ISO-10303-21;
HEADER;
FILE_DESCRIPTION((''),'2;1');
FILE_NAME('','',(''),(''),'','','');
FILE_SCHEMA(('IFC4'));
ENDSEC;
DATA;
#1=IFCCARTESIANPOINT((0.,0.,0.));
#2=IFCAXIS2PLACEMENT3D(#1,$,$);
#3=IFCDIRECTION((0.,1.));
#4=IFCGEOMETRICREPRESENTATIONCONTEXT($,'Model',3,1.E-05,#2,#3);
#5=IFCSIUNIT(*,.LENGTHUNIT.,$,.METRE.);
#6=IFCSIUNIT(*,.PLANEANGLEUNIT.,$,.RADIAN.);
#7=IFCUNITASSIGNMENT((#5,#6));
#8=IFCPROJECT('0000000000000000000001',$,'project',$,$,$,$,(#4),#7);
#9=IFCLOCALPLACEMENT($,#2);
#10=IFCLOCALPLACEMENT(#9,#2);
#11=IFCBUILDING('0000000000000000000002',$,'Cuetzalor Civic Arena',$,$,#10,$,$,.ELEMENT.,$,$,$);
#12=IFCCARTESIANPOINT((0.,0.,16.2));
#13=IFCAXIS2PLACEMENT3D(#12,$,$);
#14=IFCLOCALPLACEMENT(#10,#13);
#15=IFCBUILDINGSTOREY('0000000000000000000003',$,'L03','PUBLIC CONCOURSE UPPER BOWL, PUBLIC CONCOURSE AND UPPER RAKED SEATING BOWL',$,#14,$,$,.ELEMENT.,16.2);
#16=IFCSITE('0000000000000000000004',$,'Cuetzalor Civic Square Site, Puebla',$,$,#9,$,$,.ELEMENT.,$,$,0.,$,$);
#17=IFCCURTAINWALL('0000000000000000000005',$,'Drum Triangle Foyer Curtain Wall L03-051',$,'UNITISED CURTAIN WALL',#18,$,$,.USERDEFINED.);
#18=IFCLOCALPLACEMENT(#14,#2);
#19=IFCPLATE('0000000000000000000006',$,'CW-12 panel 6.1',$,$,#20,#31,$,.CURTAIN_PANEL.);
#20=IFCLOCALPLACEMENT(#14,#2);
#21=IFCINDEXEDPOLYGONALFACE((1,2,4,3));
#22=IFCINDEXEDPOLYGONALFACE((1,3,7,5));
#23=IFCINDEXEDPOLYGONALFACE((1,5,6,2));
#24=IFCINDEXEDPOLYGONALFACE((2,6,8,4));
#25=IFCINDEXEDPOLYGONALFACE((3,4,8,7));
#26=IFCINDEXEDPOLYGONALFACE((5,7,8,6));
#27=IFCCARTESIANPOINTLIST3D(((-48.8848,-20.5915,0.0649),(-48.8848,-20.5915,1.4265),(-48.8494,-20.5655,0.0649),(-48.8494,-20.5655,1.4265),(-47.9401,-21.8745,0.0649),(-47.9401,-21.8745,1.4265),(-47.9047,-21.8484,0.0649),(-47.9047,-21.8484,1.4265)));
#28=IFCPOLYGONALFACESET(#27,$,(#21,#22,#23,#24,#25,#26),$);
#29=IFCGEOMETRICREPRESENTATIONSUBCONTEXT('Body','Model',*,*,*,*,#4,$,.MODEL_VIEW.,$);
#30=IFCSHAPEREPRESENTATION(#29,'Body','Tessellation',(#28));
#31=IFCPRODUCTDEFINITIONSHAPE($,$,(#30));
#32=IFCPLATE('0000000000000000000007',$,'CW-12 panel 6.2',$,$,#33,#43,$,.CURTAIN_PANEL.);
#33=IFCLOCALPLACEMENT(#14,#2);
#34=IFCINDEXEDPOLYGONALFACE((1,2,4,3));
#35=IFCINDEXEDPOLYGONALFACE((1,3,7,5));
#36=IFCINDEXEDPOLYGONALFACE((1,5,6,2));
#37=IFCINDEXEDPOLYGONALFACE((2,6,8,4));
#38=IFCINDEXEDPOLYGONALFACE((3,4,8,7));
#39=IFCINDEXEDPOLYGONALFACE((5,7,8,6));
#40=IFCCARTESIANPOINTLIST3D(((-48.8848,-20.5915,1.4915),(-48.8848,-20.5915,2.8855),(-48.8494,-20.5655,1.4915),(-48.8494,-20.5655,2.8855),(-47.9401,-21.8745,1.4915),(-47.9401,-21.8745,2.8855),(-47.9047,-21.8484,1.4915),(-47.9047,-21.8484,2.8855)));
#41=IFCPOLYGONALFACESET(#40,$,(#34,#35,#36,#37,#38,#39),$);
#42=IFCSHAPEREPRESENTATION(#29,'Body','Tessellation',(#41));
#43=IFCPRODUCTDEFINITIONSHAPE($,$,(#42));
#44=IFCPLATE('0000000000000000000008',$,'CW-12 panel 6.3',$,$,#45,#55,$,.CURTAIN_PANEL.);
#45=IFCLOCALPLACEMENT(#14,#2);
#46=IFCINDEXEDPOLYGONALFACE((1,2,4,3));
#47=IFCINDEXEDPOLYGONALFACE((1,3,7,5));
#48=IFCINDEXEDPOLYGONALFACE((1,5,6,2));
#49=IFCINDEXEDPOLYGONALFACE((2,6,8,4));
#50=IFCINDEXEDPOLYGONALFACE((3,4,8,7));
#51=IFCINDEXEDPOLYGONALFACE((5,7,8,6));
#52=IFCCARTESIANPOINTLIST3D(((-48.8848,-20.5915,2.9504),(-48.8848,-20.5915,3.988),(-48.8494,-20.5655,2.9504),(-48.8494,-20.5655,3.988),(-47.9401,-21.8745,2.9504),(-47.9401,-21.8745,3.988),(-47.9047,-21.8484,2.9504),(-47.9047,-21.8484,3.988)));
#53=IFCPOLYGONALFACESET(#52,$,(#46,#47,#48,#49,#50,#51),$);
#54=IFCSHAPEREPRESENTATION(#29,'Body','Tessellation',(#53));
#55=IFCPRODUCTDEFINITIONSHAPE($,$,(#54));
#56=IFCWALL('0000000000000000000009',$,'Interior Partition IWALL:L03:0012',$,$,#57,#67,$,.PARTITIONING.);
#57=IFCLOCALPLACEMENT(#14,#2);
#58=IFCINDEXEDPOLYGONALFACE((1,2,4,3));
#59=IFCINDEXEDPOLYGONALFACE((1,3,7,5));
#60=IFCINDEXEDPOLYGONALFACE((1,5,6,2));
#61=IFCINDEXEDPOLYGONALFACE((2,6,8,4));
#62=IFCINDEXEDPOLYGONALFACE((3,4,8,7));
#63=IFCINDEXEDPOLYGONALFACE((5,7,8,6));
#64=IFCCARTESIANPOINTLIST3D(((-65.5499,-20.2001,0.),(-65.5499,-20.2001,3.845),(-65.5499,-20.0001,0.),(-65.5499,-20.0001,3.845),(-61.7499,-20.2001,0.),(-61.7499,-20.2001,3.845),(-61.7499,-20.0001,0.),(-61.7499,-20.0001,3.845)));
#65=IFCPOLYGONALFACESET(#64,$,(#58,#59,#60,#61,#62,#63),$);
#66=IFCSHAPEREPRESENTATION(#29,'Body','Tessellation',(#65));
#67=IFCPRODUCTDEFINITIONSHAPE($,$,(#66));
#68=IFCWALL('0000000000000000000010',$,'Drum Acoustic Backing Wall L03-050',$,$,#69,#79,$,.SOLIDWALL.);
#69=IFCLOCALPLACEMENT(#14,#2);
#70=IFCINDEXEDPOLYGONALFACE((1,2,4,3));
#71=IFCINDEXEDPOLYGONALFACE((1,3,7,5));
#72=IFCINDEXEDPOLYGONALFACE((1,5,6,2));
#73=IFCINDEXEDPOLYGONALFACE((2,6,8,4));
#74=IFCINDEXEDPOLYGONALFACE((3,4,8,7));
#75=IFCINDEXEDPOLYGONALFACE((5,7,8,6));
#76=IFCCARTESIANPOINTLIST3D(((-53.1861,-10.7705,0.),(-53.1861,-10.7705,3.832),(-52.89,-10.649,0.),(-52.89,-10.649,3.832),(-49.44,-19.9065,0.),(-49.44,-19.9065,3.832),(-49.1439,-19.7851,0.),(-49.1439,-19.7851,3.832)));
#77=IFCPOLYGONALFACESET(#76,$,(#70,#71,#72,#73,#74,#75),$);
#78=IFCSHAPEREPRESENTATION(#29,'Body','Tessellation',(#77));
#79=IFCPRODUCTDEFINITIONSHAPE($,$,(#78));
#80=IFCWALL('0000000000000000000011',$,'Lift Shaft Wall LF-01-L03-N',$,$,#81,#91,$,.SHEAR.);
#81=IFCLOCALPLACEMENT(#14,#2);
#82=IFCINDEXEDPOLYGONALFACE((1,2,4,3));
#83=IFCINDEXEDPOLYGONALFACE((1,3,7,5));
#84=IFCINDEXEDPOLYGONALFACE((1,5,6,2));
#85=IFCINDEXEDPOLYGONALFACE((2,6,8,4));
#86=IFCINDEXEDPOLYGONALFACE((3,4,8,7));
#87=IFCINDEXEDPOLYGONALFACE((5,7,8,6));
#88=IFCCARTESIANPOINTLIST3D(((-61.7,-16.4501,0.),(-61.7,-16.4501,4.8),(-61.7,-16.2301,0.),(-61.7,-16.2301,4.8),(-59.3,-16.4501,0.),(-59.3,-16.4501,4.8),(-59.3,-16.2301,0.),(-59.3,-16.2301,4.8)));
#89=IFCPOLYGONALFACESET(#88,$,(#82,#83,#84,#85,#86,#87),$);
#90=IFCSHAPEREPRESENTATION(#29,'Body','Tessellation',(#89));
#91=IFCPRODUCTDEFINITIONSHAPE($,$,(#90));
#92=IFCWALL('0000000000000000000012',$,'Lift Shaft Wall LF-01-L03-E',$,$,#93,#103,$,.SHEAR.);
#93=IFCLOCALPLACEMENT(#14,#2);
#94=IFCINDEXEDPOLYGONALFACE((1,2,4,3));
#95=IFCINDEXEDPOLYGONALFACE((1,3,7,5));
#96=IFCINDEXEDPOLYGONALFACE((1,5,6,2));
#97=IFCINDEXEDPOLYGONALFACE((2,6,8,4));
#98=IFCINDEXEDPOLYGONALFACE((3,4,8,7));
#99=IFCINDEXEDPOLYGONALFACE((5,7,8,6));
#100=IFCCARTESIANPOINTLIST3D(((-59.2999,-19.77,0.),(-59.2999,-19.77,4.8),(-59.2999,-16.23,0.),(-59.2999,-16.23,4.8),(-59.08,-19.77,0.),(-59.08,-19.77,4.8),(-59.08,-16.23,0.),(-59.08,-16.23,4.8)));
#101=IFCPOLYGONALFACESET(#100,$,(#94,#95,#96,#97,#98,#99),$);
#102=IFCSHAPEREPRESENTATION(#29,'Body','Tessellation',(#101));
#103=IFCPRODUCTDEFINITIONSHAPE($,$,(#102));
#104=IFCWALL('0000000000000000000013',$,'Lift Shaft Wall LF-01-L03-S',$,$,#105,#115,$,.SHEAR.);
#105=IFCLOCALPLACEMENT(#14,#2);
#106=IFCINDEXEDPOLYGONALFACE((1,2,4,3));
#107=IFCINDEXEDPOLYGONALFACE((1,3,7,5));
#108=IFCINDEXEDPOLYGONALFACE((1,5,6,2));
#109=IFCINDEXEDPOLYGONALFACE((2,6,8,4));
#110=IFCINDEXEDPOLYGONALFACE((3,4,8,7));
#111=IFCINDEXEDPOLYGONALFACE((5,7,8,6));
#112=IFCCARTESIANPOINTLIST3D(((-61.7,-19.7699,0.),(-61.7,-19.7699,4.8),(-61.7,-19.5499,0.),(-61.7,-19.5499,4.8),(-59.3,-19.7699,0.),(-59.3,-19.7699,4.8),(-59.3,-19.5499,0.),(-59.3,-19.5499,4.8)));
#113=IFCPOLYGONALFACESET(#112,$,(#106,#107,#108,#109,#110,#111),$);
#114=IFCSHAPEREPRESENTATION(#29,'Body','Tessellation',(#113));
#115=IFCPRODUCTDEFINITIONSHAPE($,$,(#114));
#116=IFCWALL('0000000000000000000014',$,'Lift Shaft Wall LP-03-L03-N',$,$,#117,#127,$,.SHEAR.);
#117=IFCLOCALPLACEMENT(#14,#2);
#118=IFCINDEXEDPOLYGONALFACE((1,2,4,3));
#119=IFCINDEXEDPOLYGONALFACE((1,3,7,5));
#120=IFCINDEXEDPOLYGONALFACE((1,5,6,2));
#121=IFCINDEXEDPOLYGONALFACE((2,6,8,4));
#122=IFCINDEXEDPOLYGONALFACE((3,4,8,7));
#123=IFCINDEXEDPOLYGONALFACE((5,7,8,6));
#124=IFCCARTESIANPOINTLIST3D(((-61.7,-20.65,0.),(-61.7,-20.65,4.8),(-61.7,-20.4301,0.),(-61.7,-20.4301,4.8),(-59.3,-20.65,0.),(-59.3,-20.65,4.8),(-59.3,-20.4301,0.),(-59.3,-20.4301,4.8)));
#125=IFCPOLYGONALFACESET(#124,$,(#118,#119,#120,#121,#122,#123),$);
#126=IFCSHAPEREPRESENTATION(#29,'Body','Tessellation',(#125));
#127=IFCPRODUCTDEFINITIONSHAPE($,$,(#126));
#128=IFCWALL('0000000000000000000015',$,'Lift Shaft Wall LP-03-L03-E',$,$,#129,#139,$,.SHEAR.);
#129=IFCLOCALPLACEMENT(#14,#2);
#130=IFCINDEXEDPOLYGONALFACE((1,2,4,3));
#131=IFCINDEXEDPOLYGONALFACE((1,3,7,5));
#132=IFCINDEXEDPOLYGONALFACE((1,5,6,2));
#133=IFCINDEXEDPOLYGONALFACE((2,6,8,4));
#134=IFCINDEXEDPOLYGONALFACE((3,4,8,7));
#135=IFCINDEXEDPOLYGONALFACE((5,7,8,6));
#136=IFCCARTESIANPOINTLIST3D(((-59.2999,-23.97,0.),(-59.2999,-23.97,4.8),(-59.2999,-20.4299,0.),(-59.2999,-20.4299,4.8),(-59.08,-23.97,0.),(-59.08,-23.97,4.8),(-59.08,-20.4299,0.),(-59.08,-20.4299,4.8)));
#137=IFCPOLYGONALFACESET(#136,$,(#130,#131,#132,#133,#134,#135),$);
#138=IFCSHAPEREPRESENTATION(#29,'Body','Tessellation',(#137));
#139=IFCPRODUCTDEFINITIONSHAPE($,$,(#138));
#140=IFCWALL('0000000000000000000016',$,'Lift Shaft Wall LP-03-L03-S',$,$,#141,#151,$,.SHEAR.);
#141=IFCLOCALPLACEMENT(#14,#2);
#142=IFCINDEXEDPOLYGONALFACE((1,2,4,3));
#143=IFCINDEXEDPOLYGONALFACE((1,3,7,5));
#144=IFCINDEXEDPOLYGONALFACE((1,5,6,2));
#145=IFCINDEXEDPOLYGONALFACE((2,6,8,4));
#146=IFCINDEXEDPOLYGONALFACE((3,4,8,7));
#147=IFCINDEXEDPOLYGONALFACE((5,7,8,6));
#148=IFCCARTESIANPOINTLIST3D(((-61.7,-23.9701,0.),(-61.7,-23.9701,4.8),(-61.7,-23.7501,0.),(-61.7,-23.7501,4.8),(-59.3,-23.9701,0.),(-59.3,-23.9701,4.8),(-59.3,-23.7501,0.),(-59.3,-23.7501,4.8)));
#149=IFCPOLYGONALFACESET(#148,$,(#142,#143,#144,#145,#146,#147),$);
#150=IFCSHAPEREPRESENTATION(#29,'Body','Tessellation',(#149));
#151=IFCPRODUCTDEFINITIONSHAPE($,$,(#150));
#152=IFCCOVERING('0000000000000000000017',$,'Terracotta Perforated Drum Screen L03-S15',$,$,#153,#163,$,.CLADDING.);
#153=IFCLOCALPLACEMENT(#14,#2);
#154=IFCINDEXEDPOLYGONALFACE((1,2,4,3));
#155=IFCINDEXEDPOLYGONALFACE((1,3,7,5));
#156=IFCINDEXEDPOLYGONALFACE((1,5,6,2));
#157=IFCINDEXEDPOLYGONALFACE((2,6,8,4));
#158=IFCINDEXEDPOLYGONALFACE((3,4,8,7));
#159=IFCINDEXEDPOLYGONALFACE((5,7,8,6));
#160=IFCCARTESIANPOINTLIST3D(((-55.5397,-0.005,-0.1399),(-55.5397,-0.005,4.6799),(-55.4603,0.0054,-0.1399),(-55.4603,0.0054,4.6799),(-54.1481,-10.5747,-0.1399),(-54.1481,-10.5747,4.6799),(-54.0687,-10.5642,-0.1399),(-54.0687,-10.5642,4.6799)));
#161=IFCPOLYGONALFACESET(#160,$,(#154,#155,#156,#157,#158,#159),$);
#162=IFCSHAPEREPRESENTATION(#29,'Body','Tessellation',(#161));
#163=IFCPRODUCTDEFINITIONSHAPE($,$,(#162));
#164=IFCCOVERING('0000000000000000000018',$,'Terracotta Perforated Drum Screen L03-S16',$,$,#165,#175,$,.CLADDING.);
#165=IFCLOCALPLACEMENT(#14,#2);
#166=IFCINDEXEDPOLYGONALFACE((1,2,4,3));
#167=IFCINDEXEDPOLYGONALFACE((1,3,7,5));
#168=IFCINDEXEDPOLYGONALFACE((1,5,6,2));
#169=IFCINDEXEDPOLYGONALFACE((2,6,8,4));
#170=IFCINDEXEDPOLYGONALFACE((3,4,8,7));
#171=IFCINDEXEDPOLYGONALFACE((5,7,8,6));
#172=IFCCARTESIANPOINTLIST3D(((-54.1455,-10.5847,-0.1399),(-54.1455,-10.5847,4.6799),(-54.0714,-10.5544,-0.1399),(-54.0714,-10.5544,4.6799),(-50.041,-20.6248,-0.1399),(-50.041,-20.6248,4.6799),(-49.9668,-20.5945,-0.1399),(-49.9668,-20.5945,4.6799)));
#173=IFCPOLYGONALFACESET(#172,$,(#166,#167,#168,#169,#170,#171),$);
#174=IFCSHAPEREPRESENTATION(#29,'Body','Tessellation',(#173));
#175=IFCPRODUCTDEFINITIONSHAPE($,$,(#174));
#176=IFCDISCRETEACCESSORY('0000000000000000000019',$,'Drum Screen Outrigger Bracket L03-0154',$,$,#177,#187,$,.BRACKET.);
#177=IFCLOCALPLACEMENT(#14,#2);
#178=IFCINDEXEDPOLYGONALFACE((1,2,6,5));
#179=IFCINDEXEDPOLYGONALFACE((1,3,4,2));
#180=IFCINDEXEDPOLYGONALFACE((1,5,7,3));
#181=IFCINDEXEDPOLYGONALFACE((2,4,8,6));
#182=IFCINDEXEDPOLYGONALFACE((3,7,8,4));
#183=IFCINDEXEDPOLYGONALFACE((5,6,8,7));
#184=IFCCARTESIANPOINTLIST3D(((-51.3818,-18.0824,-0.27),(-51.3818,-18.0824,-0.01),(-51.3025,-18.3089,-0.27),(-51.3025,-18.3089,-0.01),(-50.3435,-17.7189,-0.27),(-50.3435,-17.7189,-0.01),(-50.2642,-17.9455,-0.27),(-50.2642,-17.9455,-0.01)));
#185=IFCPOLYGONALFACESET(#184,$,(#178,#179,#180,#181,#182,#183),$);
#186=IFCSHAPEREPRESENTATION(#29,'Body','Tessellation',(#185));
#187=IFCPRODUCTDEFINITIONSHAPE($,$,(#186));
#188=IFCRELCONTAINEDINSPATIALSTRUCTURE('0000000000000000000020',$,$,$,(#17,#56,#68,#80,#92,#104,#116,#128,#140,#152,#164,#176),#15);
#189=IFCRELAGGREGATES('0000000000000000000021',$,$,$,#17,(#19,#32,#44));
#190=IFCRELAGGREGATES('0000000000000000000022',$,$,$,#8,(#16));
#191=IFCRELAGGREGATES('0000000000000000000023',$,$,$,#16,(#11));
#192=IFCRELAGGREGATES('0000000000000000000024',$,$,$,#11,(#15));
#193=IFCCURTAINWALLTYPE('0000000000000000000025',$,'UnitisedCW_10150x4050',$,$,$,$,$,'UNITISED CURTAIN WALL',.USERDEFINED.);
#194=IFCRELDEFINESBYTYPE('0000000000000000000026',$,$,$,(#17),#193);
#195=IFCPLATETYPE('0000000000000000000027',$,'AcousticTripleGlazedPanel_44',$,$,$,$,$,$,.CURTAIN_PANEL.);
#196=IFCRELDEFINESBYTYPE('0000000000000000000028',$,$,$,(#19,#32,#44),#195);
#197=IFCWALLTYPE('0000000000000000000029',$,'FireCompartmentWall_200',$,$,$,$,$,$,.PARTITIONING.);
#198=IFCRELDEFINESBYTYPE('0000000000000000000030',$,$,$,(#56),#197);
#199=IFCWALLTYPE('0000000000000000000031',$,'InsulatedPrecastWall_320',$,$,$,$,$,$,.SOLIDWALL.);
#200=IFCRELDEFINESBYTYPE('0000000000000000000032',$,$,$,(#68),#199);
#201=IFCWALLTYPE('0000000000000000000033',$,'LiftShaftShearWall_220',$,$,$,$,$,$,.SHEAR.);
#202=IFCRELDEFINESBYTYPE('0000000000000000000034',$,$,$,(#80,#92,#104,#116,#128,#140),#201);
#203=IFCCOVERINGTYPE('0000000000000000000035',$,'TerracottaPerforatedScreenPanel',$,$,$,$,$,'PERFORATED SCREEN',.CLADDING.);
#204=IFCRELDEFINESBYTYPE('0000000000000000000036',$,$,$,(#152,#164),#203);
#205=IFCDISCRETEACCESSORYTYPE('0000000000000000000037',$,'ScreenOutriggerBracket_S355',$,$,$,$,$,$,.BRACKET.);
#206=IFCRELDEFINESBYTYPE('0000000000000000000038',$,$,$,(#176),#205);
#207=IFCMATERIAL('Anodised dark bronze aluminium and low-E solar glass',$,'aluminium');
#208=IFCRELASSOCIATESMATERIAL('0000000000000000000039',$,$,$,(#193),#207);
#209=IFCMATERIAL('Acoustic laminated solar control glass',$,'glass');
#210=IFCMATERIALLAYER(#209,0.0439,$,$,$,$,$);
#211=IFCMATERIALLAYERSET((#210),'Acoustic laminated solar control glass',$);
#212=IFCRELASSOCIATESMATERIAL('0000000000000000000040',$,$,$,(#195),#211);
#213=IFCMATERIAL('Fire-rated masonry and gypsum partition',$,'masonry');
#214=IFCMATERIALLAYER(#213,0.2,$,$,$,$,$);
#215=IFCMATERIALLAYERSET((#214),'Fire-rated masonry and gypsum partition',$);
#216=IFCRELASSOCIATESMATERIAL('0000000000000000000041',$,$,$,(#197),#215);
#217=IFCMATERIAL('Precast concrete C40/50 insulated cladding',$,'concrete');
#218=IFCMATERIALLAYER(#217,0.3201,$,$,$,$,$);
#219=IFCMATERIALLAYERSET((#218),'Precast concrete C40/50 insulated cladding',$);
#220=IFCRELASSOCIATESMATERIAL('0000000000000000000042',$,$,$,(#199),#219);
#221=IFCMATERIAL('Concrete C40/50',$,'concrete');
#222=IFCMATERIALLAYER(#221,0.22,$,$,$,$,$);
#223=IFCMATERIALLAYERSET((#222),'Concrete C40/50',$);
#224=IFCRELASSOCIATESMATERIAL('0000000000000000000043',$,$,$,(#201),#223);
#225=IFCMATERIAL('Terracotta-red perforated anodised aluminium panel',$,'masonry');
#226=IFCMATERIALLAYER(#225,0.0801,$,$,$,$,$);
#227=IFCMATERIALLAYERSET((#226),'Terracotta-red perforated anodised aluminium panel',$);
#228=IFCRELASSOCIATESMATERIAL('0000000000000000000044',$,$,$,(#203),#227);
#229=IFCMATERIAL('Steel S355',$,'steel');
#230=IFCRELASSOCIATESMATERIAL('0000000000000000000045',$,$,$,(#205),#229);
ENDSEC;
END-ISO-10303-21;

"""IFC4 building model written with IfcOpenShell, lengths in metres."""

from ifc_helpers import new_model, si_unit, direction, frame, frame_2d, origin, origin_2d, place, context, subcontext, project, spatial, rectangle, extrude, material, layer, layer_set, type_object, element, aggregate, save


model = new_model("IFC4")

# Units and contexts
model_context = context("Model", 3, precision=1e-05, world=origin(), true_north=direction((0.0, 1.0)))
body_context = subcontext(model_context, "Body", "Model", "MODEL_VIEW")
ifc_project = project(units=[si_unit("LENGTHUNIT", "METRE"), si_unit("PLANEANGLEUNIT", "RADIAN")], contexts=[model_context])

# Site, building, storey
site_placement = place(None, origin())
site = spatial("IfcSite", under=ifc_project, at=site_placement, Name="Cuetzalor Civic Square Site, Puebla", CompositionType="ELEMENT", RefElevation=0.0)
building_placement = place(site_placement, origin())
building = spatial("IfcBuilding", under=site, at=building_placement, Name="Cuetzalor Civic Arena", CompositionType="ELEMENT")
storey_placement = place(building_placement, frame((0.0, 0.0, 16.2)))
storey = spatial("IfcBuildingStorey", under=building, at=storey_placement, Name="L03", Description="PUBLIC CONCOURSE UPPER BOWL, PUBLIC CONCOURSE AND UPPER RAKED SEATING BOWL", CompositionType="ELEMENT", Elevation=16.2)

# Curtain wall
ifc_material_1 = material(Name="Anodised dark bronze aluminium and low-E solar glass", Category="aluminium")
curtain_wall_type = type_object("IfcCurtainWallType", Name="UnitisedCW_10150x4050", ElementType="UNITISED CURTAIN WALL", PredefinedType="USERDEFINED", material=ifc_material_1)
curtain_wall_placement = place(storey_placement, origin())
curtain_wall = element("IfcCurtainWall", 1, at=curtain_wall_placement, inside=storey, type_object=curtain_wall_type, Name="Drum Triangle Foyer Curtain Wall L03-051", ObjectType="UNITISED CURTAIN WALL", PredefinedType="USERDEFINED")

# Plates
ifc_material_2 = material(Name="Acoustic laminated solar control glass", Category="glass")
ifc_layer_1 = layer(ifc_material_2, 0.0439)
ifc_layer_set_1 = layer_set([ifc_layer_1], Name="Acoustic laminated solar control glass")
plate_type = type_object("IfcPlateType", Name="AcousticTripleGlazedPanel_44", PredefinedType="CURTAIN_PANEL", material=ifc_layer_set_1)
plate_1_placement = place(storey_placement, frame((-48.3948, -21.22, 0.0649), z_axis=(0.0, 0.0, 1.0), x_axis=(-0.592929, 0.805255, 0.0)))
plate_1 = element("IfcPlate", 2, at=plate_1_placement, type_object=plate_type, Name="CW-12 panel 6.1", PredefinedType="CURTAIN_PANEL", context=body_context, shape_type="SweptSolid", body=[
    extrude(rectangle(XDim=1.5933, YDim=0.0439, at=origin_2d()), origin(), (0.0, 0.0, 1.0), 1.3616),
])
plate_2_placement = place(storey_placement, frame((-48.3948, -21.22, 1.4915), z_axis=(0.0, 0.0, 1.0), x_axis=(-0.592929, 0.805255, 0.0)))
plate_2 = element("IfcPlate", 3, at=plate_2_placement, type_object=plate_type, Name="CW-12 panel 6.2", PredefinedType="CURTAIN_PANEL", context=body_context, shape_type="SweptSolid", body=[
    extrude(rectangle(XDim=1.5933, YDim=0.0439, at=origin_2d()), origin(), (0.0, 0.0, 1.0), 1.394),
])
plate_3_placement = place(storey_placement, frame((-48.3948, -21.22, 2.9504), z_axis=(0.0, 0.0, 1.0), x_axis=(-0.592929, 0.805255, 0.0)))
plate_3 = element("IfcPlate", 4, at=plate_3_placement, type_object=plate_type, Name="CW-12 panel 6.3", PredefinedType="CURTAIN_PANEL", context=body_context, shape_type="SweptSolid", body=[
    extrude(rectangle(XDim=1.5933, YDim=0.0439, at=origin_2d()), origin(), (0.0, 0.0, 1.0), 1.0376),
])
aggregate(curtain_wall, [plate_1, plate_2, plate_3])

# Walls
ifc_material_3 = material(Name="Fire-rated masonry and gypsum partition", Category="masonry")
ifc_layer_2 = layer(ifc_material_3, 0.2)
ifc_layer_set_2 = layer_set([ifc_layer_2], Name="Fire-rated masonry and gypsum partition")
wall_type_1 = type_object("IfcWallType", Name="FireCompartmentWall_200", PredefinedType="PARTITIONING", material=ifc_layer_set_2)
wall_1_placement = place(storey_placement, frame((-61.75, -20.1001, 0.0), z_axis=(0.0, 0.0, 1.0), x_axis=(-1.0, 0.0, 0.0)))
element("IfcWall", 5, at=wall_1_placement, inside=storey, type_object=wall_type_1, Name="Interior Partition IWALL:L03:0012", PredefinedType="PARTITIONING", context=body_context, shape_type="SweptSolid", body=[
    extrude(rectangle(XDim=3.8, YDim=0.2, at=frame_2d((1.8999, 0.0))), origin(), (0.0, 0.0, 1.0), 3.845),
])
ifc_material_4 = material(Name="Precast concrete C40/50 insulated cladding", Category="concrete")
ifc_layer_3 = layer(ifc_material_4, 0.3201)
ifc_layer_set_3 = layer_set([ifc_layer_3], Name="Precast concrete C40/50 insulated cladding")
wall_type_2 = type_object("IfcWallType", Name="InsulatedPrecastWall_320", PredefinedType="SOLIDWALL", material=ifc_layer_set_3)
wall_2_placement = place(storey_placement, frame((-49.292, -19.8457, 0.0), z_axis=(0.0, 0.0, 1.0), x_axis=(-0.379383, 0.92524, 0.0)))
element("IfcWall", 6, at=wall_2_placement, inside=storey, type_object=wall_type_2, Name="Drum Acoustic Backing Wall L03-050", PredefinedType="SOLIDWALL", context=body_context, shape_type="SweptSolid", body=[
    extrude(rectangle(XDim=9.8743, YDim=0.3201, at=frame_2d((4.937, 0.0))), origin(), (0.0, 0.0, 1.0), 3.832),
])
ifc_material_5 = material(Name="Concrete C40/50", Category="concrete")
ifc_layer_4 = layer(ifc_material_5, 0.22)
ifc_layer_set_4 = layer_set([ifc_layer_4], Name="Concrete C40/50")
wall_type_3 = type_object("IfcWallType", Name="LiftShaftShearWall_220", PredefinedType="SHEAR", material=ifc_layer_set_4)
wall_3_placement = place(storey_placement, frame((-61.7, -16.3401, 0.0), z_axis=(0.0, 0.0, 1.0), x_axis=(1.0, 0.0, 0.0)))
element("IfcWall", 7, at=wall_3_placement, inside=storey, type_object=wall_type_3, Name="Lift Shaft Wall LF-01-L03-N", PredefinedType="SHEAR", context=body_context, shape_type="SweptSolid", body=[
    extrude(rectangle(XDim=2.3999, YDim=0.22, at=frame_2d((1.2, 0.0))), origin(), (0.0, 0.0, 1.0), 4.8),
])
wall_4_placement = place(storey_placement, frame((-59.1899, -16.23, 0.0), z_axis=(0.0, 0.0, 1.0), x_axis=(0.0, -1.0, 0.0)))
element("IfcWall", 8, at=wall_4_placement, inside=storey, type_object=wall_type_3, Name="Lift Shaft Wall LF-01-L03-E", PredefinedType="SHEAR", context=body_context, shape_type="SweptSolid", body=[
    extrude(rectangle(XDim=3.54, YDim=0.22, at=frame_2d((1.77, 0.0))), origin(), (0.0, 0.0, 1.0), 4.8),
])
for number, where, z_axis, x_axis, name in (
    (9, (-59.3, -19.6599, 0.0), (0.0, 0.0, 1.0), (-1.0, 0.0, 0.0), "Lift Shaft Wall LF-01-L03-S"),
    (10, (-61.7, -20.54, 0.0), (0.0, 0.0, 1.0), (1.0, 0.0, 0.0), "Lift Shaft Wall LP-03-L03-N"),
):
    element("IfcWall", number, at=place(storey_placement, frame(where, z_axis=z_axis, x_axis=x_axis)), inside=storey, type_object=wall_type_3, Name=name, PredefinedType="SHEAR", context=body_context, shape_type="SweptSolid", body=[
        extrude(rectangle(XDim=2.3999, YDim=0.22, at=frame_2d((1.2, 0.0))), origin(), (0.0, 0.0, 1.0), 4.8),
    ])
wall_5_placement = place(storey_placement, frame((-59.1899, -20.4299, 0.0), z_axis=(0.0, 0.0, 1.0), x_axis=(0.0, -1.0, 0.0)))
element("IfcWall", 11, at=wall_5_placement, inside=storey, type_object=wall_type_3, Name="Lift Shaft Wall LP-03-L03-E", PredefinedType="SHEAR", context=body_context, shape_type="SweptSolid", body=[
    extrude(rectangle(XDim=3.54, YDim=0.22, at=frame_2d((1.77, 0.0))), origin(), (0.0, 0.0, 1.0), 4.8),
])
wall_6_placement = place(storey_placement, frame((-59.3, -23.8601, 0.0), z_axis=(0.0, 0.0, 1.0), x_axis=(-1.0, 0.0, 0.0)))
element("IfcWall", 12, at=wall_6_placement, inside=storey, type_object=wall_type_3, Name="Lift Shaft Wall LP-03-L03-S", PredefinedType="SHEAR", context=body_context, shape_type="SweptSolid", body=[
    extrude(rectangle(XDim=2.3999, YDim=0.22, at=frame_2d((1.2, 0.0))), origin(), (0.0, 0.0, 1.0), 4.8),
])

# Coverings
ifc_material_6 = material(Name="Terracotta-red perforated anodised aluminium panel", Category="masonry")
ifc_layer_5 = layer(ifc_material_6, 0.0801)
ifc_layer_set_5 = layer_set([ifc_layer_5], Name="Terracotta-red perforated anodised aluminium panel")
covering_type = type_object("IfcCoveringType", Name="TerracottaPerforatedScreenPanel", ElementType="PERFORATED SCREEN", PredefinedType="CLADDING", material=ifc_layer_set_5)
covering_1_placement = place(storey_placement, frame((-54.1084, -10.5696, -0.1399), z_axis=(0.0, 0.0, 1.0), x_axis=(-0.130534, 0.991444, 0.0)))
element("IfcCovering", 13, at=covering_1_placement, inside=storey, type_object=covering_type, Name="Terracotta Perforated Drum Screen L03-S15", PredefinedType="CLADDING", context=body_context, shape_type="SweptSolid", body=[
    extrude(rectangle(XDim=10.6609, YDim=0.0801, at=frame_2d((5.3306, 0.0))), origin(), (0.0, 0.0, 1.0), 4.8198),
])
covering_2_placement = place(storey_placement, frame((-50.0039, -20.6096, -0.1399), z_axis=(0.0, 0.0, 1.0), x_axis=(-0.378412, 0.925637, 0.0)))
element("IfcCovering", 14, at=covering_2_placement, inside=storey, type_object=covering_type, Name="Terracotta Perforated Drum Screen L03-S16", PredefinedType="CLADDING", context=body_context, shape_type="SweptSolid", body=[
    extrude(rectangle(XDim=10.8467, YDim=0.0801, at=frame_2d((5.4233, 0.0))), origin(), (0.0, 0.0, 1.0), 4.8198),
])

# Discrete accessory
ifc_material_7 = material(Name="Steel S355", Category="steel")
discrete_accessory_type = type_object("IfcDiscreteAccessoryType", Name="ScreenOutriggerBracket_S355", PredefinedType="BRACKET", material=ifc_material_7)
for number, where, z_axis, x_axis, name in (
    (15, (-50.823, -18.0139, -0.27), (0.0, 0.0, 1.0), (-0.943859, -0.33035, 0.0), "Drum Screen Outrigger Bracket L03-0154"),
):
    element("IfcDiscreteAccessory", number, at=place(storey_placement, frame(where, z_axis=z_axis, x_axis=x_axis)), inside=storey, type_object=discrete_accessory_type, Name=name, PredefinedType="BRACKET", context=body_context, shape_type="SweptSolid", body=[
        extrude(rectangle(XDim=1.1001, YDim=0.24, at=origin_2d()), origin(), (0.0, 0.0, 1.0), 0.26),
    ])

save(model, "model.ifc")
